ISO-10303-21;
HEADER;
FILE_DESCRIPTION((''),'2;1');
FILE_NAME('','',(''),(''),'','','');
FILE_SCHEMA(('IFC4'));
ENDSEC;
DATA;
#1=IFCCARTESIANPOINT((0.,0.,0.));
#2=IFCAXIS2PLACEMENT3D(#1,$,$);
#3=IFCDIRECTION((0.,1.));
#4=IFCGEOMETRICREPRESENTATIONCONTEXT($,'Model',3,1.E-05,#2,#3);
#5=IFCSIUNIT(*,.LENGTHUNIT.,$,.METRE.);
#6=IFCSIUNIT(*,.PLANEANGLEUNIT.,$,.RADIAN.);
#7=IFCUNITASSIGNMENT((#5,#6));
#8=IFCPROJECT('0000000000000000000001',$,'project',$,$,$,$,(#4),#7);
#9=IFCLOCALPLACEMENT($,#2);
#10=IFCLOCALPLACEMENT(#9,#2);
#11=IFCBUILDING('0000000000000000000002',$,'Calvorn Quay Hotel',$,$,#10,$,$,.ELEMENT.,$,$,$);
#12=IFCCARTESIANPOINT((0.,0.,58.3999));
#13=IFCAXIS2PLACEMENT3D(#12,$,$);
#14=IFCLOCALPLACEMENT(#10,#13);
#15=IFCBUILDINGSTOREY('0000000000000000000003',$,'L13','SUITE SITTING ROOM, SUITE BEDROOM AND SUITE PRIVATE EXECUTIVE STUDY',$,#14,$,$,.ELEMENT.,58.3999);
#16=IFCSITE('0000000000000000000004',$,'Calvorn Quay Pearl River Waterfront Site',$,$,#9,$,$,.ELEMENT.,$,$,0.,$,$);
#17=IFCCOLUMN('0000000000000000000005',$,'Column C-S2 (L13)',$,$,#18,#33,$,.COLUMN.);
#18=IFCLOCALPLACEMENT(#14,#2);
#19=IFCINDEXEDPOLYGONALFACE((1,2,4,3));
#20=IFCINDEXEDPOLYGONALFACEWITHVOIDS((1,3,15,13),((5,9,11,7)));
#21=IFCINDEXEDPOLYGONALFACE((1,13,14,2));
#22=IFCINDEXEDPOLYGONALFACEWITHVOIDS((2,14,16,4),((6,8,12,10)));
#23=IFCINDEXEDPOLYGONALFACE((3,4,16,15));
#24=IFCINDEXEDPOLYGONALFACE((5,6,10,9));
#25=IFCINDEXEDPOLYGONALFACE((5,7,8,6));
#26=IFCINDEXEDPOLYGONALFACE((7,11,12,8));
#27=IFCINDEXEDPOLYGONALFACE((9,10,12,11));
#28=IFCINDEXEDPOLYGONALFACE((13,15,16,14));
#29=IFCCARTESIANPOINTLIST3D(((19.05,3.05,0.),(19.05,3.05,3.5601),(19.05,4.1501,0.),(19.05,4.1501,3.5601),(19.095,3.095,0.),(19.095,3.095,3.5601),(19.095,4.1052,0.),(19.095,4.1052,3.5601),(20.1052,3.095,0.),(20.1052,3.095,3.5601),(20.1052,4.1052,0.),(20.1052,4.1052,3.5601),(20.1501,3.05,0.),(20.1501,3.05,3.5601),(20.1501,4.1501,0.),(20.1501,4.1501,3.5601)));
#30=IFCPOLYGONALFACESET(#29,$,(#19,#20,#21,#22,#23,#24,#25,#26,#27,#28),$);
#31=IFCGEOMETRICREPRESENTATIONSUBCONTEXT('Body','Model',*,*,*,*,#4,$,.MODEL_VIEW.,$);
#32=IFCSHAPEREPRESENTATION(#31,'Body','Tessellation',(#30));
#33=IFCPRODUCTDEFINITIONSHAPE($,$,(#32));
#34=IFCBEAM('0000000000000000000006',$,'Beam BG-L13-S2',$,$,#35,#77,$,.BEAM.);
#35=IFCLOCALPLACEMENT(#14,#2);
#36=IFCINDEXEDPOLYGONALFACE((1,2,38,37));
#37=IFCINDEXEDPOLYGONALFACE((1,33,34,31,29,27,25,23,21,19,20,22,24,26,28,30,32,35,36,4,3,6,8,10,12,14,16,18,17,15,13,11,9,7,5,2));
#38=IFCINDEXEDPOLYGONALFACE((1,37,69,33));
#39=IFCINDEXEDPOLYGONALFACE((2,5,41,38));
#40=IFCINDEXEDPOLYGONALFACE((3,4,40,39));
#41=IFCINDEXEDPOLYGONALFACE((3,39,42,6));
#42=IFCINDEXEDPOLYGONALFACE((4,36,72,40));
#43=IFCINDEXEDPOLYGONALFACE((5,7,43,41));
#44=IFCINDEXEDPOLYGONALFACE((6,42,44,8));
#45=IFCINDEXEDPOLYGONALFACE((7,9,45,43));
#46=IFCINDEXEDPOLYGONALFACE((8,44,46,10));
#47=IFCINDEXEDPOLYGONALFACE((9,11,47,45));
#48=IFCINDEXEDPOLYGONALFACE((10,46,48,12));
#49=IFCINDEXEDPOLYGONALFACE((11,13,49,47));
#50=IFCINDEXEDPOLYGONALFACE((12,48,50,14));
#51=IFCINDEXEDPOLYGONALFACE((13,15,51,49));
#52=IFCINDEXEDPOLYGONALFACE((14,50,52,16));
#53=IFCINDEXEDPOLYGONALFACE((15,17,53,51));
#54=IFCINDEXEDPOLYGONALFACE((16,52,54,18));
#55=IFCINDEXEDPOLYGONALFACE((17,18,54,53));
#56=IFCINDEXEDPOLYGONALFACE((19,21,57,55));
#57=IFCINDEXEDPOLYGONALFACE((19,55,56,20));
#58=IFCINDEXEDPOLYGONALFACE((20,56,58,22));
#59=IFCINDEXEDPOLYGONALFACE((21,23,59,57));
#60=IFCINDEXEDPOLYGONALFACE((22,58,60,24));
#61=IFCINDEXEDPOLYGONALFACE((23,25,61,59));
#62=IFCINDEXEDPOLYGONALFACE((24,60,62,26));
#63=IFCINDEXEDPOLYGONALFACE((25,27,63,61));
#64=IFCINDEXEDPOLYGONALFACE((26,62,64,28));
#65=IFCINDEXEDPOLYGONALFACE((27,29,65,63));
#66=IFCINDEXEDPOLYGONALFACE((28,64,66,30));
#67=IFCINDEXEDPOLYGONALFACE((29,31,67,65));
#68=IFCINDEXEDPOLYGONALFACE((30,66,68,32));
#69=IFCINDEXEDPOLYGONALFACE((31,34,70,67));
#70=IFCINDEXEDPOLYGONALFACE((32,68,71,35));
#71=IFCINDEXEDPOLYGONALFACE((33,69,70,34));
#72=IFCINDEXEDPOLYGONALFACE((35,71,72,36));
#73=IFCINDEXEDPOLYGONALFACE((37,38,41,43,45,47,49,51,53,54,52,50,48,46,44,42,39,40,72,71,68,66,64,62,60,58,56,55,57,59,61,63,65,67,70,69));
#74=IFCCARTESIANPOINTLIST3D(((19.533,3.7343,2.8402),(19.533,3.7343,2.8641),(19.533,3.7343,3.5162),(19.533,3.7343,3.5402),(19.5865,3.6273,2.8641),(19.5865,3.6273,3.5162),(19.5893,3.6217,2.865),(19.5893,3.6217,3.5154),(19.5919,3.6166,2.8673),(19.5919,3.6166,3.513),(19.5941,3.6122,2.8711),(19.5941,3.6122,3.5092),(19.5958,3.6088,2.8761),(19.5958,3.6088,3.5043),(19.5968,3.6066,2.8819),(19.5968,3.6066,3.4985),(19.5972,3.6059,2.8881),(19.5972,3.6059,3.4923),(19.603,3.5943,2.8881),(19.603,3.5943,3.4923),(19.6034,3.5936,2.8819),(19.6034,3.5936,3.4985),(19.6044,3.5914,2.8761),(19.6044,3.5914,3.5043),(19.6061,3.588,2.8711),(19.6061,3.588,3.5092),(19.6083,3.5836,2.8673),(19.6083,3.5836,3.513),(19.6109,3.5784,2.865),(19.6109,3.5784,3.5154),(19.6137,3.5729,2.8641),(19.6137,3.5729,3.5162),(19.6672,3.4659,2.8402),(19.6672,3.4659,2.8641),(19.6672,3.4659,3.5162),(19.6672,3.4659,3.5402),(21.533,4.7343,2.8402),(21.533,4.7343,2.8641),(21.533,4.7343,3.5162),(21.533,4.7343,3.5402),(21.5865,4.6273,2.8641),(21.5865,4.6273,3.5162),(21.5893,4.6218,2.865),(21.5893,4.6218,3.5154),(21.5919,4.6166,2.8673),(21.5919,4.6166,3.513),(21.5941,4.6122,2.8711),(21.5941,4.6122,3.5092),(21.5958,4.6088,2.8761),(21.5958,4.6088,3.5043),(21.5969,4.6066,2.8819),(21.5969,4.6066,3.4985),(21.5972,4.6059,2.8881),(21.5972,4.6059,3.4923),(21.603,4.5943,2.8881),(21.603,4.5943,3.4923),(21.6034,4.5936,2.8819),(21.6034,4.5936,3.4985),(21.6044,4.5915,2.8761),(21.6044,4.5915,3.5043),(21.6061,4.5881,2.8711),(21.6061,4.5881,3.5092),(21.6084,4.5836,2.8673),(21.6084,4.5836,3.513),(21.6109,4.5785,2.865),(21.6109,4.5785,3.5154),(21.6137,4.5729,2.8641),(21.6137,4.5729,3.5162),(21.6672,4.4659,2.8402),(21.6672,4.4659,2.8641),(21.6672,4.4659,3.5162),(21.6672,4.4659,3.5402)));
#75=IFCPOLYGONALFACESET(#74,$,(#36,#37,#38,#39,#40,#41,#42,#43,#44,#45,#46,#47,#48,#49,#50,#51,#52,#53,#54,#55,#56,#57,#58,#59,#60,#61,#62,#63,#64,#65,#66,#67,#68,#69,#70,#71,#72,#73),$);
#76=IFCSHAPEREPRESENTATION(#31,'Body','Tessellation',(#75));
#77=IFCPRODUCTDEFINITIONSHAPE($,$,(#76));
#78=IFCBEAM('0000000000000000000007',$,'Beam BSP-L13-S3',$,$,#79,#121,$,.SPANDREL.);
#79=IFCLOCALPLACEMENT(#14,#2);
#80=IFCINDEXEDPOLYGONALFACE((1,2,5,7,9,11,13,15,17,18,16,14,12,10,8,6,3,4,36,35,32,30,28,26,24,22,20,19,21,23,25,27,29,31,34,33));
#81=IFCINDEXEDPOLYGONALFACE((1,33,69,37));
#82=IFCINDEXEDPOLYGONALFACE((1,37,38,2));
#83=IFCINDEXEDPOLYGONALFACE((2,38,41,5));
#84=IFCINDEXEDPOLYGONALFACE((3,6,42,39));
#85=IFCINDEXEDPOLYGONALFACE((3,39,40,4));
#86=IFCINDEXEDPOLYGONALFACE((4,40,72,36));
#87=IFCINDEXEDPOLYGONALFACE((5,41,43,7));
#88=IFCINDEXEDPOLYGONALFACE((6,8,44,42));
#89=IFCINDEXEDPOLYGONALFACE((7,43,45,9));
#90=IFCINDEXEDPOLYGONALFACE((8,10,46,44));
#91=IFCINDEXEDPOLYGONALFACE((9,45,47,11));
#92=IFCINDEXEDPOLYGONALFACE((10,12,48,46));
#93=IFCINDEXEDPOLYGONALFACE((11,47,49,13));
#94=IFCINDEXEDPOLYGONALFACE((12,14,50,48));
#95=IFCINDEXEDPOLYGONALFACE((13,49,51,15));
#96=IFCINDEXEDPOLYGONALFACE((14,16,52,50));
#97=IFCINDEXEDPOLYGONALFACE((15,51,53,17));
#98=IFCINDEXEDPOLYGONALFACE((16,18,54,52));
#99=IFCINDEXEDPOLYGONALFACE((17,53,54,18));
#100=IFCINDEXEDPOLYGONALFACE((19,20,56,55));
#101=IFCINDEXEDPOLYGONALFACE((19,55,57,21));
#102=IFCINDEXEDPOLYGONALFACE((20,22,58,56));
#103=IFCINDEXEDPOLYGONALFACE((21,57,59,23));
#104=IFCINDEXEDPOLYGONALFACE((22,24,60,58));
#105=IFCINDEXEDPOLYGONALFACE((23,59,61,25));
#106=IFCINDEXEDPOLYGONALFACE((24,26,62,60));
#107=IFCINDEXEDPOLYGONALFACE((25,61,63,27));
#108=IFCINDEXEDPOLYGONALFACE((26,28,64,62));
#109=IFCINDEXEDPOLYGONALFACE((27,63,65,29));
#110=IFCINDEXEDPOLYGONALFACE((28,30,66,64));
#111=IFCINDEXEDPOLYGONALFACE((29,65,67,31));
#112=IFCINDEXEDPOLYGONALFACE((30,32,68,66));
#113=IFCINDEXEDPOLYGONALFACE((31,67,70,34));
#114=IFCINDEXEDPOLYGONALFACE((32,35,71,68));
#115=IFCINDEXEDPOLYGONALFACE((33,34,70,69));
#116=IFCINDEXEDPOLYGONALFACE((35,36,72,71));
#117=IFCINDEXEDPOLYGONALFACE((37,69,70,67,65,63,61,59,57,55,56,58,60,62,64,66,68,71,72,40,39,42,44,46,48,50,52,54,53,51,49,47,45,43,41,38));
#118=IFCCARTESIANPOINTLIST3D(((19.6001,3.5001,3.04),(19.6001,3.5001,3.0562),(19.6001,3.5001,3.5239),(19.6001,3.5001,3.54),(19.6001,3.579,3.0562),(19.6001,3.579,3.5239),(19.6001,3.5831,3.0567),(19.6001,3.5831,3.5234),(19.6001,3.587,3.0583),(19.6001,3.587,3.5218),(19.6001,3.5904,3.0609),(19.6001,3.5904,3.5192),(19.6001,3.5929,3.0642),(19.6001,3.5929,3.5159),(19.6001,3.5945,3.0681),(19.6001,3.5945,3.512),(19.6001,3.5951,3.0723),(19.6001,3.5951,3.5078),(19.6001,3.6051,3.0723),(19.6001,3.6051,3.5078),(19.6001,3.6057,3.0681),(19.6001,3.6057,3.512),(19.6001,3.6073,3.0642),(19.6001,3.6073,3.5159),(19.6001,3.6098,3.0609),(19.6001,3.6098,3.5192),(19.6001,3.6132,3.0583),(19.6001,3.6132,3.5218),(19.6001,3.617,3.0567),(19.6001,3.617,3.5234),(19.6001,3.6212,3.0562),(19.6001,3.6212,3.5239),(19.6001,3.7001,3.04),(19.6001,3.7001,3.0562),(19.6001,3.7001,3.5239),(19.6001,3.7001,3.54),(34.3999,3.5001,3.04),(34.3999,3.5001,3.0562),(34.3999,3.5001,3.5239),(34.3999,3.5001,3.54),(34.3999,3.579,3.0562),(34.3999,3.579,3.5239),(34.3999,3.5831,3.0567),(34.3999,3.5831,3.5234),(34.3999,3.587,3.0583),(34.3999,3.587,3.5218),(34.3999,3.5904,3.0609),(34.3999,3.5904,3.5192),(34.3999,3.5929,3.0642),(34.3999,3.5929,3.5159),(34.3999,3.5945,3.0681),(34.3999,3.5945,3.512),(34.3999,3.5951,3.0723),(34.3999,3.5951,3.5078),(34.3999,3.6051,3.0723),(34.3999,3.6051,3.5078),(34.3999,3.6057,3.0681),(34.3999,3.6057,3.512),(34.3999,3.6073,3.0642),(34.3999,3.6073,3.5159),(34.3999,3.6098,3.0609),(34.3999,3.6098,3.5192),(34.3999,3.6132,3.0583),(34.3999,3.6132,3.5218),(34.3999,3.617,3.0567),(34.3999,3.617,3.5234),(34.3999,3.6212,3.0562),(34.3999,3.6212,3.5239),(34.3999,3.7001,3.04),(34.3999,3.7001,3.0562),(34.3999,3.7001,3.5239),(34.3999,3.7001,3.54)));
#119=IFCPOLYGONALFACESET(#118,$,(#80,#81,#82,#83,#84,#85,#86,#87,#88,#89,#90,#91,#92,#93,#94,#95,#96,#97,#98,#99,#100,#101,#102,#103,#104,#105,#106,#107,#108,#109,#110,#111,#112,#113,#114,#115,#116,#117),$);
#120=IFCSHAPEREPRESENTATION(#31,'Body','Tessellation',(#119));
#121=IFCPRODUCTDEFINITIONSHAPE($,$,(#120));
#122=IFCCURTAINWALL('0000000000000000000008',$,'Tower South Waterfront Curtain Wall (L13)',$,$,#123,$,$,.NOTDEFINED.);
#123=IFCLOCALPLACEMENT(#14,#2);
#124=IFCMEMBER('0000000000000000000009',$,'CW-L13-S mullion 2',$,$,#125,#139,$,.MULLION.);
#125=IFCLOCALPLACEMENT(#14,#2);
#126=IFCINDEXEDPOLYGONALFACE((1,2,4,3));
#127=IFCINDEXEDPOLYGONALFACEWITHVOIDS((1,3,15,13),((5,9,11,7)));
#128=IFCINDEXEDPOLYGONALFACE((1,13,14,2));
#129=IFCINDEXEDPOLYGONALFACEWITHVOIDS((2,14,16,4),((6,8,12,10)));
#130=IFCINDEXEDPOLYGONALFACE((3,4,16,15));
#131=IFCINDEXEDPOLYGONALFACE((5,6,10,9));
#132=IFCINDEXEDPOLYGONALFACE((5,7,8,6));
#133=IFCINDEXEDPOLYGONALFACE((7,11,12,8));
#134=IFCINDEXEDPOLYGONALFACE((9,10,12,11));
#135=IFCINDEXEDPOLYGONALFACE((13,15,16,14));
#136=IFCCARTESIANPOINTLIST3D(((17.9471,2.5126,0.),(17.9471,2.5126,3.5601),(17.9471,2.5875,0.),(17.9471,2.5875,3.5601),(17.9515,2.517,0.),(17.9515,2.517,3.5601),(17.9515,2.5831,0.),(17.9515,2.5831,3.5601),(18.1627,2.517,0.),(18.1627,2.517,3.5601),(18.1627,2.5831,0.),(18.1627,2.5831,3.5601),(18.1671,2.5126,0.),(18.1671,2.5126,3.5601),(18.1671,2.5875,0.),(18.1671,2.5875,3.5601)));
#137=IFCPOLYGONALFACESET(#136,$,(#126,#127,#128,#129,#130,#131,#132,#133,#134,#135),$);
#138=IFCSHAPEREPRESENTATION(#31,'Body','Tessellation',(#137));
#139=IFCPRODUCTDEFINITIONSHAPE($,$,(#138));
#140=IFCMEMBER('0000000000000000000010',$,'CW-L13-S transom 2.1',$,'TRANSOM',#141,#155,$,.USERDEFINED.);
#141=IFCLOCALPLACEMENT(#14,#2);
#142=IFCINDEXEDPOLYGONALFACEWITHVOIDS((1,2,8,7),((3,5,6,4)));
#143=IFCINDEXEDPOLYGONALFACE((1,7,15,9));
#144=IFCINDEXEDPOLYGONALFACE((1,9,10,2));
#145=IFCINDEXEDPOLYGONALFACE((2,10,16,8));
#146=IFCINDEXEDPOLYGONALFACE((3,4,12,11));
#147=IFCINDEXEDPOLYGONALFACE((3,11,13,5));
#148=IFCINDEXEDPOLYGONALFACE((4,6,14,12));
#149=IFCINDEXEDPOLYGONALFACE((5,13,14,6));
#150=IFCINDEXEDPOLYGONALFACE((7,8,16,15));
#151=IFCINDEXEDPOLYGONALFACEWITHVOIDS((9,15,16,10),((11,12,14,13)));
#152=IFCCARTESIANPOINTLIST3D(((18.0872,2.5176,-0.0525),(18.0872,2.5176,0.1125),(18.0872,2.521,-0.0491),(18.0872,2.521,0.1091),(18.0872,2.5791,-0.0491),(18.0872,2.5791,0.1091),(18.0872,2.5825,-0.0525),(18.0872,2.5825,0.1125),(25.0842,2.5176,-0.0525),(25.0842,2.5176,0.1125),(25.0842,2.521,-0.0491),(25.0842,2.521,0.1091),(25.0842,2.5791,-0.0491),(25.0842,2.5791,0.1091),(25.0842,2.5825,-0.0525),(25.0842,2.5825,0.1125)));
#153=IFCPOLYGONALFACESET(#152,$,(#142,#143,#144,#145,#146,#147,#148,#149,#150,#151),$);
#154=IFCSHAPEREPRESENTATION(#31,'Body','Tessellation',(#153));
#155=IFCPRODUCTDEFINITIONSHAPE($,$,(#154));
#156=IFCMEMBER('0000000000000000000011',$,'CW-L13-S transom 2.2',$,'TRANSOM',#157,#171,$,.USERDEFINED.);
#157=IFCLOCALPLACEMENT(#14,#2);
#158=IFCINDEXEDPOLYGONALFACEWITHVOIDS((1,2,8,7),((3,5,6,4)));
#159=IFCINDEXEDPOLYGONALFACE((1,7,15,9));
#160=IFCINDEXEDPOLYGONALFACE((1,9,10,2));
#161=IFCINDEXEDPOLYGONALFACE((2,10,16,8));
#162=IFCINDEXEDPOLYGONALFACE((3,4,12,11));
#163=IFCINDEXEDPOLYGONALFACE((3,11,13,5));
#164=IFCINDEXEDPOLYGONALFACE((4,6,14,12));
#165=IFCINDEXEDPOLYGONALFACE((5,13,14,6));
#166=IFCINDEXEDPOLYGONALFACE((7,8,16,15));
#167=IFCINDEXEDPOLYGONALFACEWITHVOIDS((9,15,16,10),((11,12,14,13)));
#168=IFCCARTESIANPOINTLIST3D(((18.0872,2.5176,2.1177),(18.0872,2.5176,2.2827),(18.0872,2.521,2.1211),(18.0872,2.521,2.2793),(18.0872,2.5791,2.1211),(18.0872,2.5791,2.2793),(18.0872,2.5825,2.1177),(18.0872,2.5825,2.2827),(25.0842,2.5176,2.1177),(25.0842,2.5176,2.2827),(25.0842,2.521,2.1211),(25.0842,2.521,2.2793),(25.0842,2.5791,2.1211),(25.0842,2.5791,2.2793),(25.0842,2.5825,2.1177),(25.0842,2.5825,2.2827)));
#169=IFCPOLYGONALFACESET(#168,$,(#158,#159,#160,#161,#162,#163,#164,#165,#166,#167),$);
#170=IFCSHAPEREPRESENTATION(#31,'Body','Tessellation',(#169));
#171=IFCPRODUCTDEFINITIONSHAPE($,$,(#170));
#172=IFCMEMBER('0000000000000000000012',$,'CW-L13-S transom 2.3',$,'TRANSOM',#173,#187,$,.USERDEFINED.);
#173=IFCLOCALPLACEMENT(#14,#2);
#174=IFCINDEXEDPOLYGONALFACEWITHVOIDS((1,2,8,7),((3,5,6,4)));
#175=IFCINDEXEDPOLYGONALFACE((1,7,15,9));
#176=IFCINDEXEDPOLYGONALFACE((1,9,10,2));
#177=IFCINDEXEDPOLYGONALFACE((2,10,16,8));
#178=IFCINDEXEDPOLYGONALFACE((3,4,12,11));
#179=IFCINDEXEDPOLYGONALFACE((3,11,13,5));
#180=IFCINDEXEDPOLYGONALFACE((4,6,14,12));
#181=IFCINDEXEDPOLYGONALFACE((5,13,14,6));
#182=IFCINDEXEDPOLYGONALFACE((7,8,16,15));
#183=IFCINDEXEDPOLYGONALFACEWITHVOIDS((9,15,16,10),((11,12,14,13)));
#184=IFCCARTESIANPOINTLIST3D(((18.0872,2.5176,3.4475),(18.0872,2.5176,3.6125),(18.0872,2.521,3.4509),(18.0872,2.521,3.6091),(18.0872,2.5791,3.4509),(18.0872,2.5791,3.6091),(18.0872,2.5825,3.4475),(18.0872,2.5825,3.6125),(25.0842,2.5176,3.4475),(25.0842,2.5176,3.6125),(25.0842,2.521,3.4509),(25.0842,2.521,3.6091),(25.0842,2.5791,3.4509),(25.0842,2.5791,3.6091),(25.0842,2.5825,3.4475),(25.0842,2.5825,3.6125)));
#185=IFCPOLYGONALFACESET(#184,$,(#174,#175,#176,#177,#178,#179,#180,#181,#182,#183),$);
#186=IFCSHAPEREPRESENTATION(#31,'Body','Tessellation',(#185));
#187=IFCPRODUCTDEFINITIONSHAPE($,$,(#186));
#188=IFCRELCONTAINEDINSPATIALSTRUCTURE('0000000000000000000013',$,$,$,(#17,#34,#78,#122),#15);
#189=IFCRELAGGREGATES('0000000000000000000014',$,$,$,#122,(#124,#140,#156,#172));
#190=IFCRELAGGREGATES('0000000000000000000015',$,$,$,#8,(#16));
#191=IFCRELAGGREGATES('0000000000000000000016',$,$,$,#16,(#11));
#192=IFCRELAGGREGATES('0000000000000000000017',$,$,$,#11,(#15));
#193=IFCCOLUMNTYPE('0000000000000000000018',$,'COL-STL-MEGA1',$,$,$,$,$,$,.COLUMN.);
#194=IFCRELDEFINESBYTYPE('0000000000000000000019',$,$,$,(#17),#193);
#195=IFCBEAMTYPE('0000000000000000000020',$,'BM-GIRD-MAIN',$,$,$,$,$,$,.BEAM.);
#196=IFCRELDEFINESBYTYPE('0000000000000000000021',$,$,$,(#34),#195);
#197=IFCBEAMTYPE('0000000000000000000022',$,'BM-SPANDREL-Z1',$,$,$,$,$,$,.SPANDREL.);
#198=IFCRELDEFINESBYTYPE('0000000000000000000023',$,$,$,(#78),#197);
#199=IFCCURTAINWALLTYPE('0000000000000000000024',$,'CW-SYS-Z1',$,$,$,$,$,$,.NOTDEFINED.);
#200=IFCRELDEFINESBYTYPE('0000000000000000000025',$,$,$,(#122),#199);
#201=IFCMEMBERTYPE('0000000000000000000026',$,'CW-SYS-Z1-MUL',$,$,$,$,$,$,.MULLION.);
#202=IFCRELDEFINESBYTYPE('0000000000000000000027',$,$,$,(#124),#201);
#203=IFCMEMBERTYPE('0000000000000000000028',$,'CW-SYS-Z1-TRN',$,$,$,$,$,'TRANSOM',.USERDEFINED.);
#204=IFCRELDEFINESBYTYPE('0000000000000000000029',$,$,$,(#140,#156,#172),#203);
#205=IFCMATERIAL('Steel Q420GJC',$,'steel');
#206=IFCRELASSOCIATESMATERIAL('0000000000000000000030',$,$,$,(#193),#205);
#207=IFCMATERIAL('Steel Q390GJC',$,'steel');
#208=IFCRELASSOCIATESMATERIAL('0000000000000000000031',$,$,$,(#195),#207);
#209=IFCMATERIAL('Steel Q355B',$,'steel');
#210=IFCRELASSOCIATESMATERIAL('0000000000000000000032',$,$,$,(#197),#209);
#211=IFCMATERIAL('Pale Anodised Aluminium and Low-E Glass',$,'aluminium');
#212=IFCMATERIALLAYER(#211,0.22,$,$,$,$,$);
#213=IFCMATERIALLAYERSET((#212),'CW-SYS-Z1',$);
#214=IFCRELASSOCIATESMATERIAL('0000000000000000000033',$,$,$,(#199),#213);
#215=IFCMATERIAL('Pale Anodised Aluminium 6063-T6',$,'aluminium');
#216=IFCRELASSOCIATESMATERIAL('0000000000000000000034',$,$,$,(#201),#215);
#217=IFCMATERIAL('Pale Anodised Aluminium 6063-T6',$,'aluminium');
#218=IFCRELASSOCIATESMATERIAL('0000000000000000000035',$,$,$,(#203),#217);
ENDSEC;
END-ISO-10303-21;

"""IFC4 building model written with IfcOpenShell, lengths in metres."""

from ifc_helpers import new_model, si_unit, direction, frame, origin, origin_2d, place, context, subcontext, project, spatial, hollow_rectangle, i_section, extrude, material, layer, layer_set, material_profile, profile_set, type_object, element, aggregate, save


model = new_model("IFC4")

# Units and contexts
model_context = context("Model", 3, precision=1e-05, world=origin(), true_north=direction((0.0, 1.0)))
body_context = subcontext(model_context, "Body", "Model", "MODEL_VIEW")
ifc_project = project(units=[si_unit("LENGTHUNIT", "METRE"), si_unit("PLANEANGLEUNIT", "RADIAN")], contexts=[model_context])

# Site, building, storey
site_placement = place(None, origin())
site = spatial("IfcSite", under=ifc_project, at=site_placement, Name="Calvorn Quay Pearl River Waterfront Site", CompositionType="ELEMENT", RefElevation=0.0)
building_placement = place(site_placement, origin())
building = spatial("IfcBuilding", under=site, at=building_placement, Name="Calvorn Quay Hotel", CompositionType="ELEMENT")
storey_placement = place(building_placement, frame((0.0, 0.0, 58.3999)))
storey = spatial("IfcBuildingStorey", under=building, at=storey_placement, Name="L13", Description="SUITE SITTING ROOM, SUITE BEDROOM AND SUITE PRIVATE EXECUTIVE STUDY", CompositionType="ELEMENT", Elevation=58.3999)

# Column
ifc_material_1 = material(Name="Steel Q420GJC", Category="steel")
ifc_material_profile_1 = material_profile(ifc_material_1, hollow_rectangle(XDim=1.1001, YDim=1.1001, WallThickness=0.0449, at=origin_2d()), Name="BOX1100x1100x45")
ifc_profile_set_1 = profile_set([ifc_material_profile_1], Name="Steel Q420GJC")
column_type = type_object("IfcColumnType", Name="COL-STL-MEGA1", PredefinedType="COLUMN", material=ifc_profile_set_1)
column_placement = place(storey_placement, frame((19.6001, 3.6001, 0.0), z_axis=(0.0, 0.0, 1.0), x_axis=(1.0, 0.0, 0.0)))
element("IfcColumn", 1, at=column_placement, inside=storey, type_object=column_type, Name="Column C-S2 (L13)", PredefinedType="COLUMN", context=body_context, shape_type="SweptSolid", body=[
    extrude(hollow_rectangle(XDim=1.1001, YDim=1.1001, WallThickness=0.0449, at=origin_2d()), origin(), (0.0, 0.0, 1.0), 3.5601),
])

# Beams
ifc_material_2 = material(Name="Steel Q390GJC", Category="steel")
ifc_material_profile_2 = material_profile(ifc_material_2, i_section(OverallWidth=0.3, OverallDepth=0.7, WebThickness=0.0129, FlangeThickness=0.0239, FilletRadius=0.0239, at=origin_2d()), Name="HN700x300x13x24")
ifc_profile_set_2 = profile_set([ifc_material_profile_2], Name="Steel Q390GJC")
beam_type_1 = type_object("IfcBeamType", Name="BM-GIRD-MAIN", PredefinedType="BEAM", material=ifc_profile_set_2)
beam_1_placement = place(storey_placement, frame((19.6001, 3.6001, 3.1902), z_axis=(0.894427, 0.447214, 0.0), x_axis=(-0.447214, 0.894427, 0.0)))
element("IfcBeam", 2, at=beam_1_placement, inside=storey, type_object=beam_type_1, Name="Beam BG-L13-S2", PredefinedType="BEAM", context=body_context, shape_type="SweptSolid", body=[
    extrude(i_section(OverallWidth=0.3, OverallDepth=0.7, WebThickness=0.0129, FlangeThickness=0.0239, FilletRadius=0.0239, at=origin_2d()), origin(), (0.0, 0.0, 1.0), 2.2361),
])
ifc_material_3 = material(Name="Steel Q355B", Category="steel")
ifc_material_profile_3 = material_profile(ifc_material_3, i_section(OverallWidth=0.2, OverallDepth=0.5, WebThickness=0.01, FlangeThickness=0.0161, FilletRadius=0.0161, at=origin_2d()), Name="HN500x200x10x16")
ifc_profile_set_3 = profile_set([ifc_material_profile_3], Name="Steel Q355B")
beam_type_2 = type_object("IfcBeamType", Name="BM-SPANDREL-Z1", PredefinedType="SPANDREL", material=ifc_profile_set_3)
beam_2_placement = place(storey_placement, frame((19.6001, 3.6001, 3.29), z_axis=(1.0, 0.0, 0.0), x_axis=(0.0, 1.0, 0.0)))
element("IfcBeam", 3, at=beam_2_placement, inside=storey, type_object=beam_type_2, Name="Beam BSP-L13-S3", PredefinedType="SPANDREL", context=body_context, shape_type="SweptSolid", body=[
    extrude(i_section(OverallWidth=0.2, OverallDepth=0.5, WebThickness=0.01, FlangeThickness=0.0161, FilletRadius=0.0161, at=origin_2d()), origin(), (0.0, 0.0, 1.0), 14.7998),
])

# Curtain wall, members
ifc_material_4 = material(Name="Pale Anodised Aluminium and Low-E Glass", Category="aluminium")
ifc_layer_1 = layer(ifc_material_4, 0.22)
ifc_layer_set_1 = layer_set([ifc_layer_1], Name="CW-SYS-Z1")
curtain_wall_type = type_object("IfcCurtainWallType", Name="CW-SYS-Z1", PredefinedType="NOTDEFINED", material=ifc_layer_set_1)
curtain_wall_placement = place(storey_placement, origin())
curtain_wall = element("IfcCurtainWall", 4, at=curtain_wall_placement, inside=storey, type_object=curtain_wall_type, Name="Tower South Waterfront Curtain Wall (L13)", PredefinedType="NOTDEFINED")
ifc_material_5 = material(Name="Pale Anodised Aluminium 6063-T6", Category="aluminium")
ifc_material_profile_4 = material_profile(ifc_material_5, hollow_rectangle(XDim=0.075, YDim=0.22, WallThickness=0.0044, at=origin_2d()), Name="ALU-M220x75x4.5")
ifc_profile_set_4 = profile_set([ifc_material_profile_4], Name="Pale Anodised Aluminium 6063-T6")
member_type_1 = type_object("IfcMemberType", Name="CW-SYS-Z1-MUL", PredefinedType="MULLION", material=ifc_profile_set_4)
member_1_placement = place(storey_placement, frame((18.0571, 2.55, 0.0), z_axis=(0.0, 0.0, 1.0), x_axis=(0.0, 1.0, 0.0)))
member_1 = element("IfcMember", 5, at=member_1_placement, type_object=member_type_1, Name="CW-L13-S mullion 2", PredefinedType="MULLION", context=body_context, shape_type="SweptSolid", body=[
    extrude(hollow_rectangle(XDim=0.075, YDim=0.22, WallThickness=0.0044, at=origin_2d()), origin(), (0.0, 0.0, 1.0), 3.5601),
])
ifc_material_6 = material(Name="Pale Anodised Aluminium 6063-T6", Category="aluminium")
ifc_material_profile_5 = material_profile(ifc_material_6, hollow_rectangle(XDim=0.0649, YDim=0.165, WallThickness=0.0034, at=origin_2d()), Name="ALU-T165x65x3.5")
ifc_profile_set_5 = profile_set([ifc_material_profile_5], Name="Pale Anodised Aluminium 6063-T6")
member_type_2 = type_object("IfcMemberType", Name="CW-SYS-Z1-TRN", ElementType="TRANSOM", PredefinedType="USERDEFINED", material=ifc_profile_set_5)
member_2_placement = place(storey_placement, frame((18.0872, 2.55, 0.03), z_axis=(1.0, 0.0, 0.0), x_axis=(0.0, 1.0, 0.0)))
member_2 = element("IfcMember", 6, at=member_2_placement, type_object=member_type_2, Name="CW-L13-S transom 2.1", ObjectType="TRANSOM", PredefinedType="USERDEFINED", context=body_context, shape_type="SweptSolid", body=[
    extrude(hollow_rectangle(XDim=0.0649, YDim=0.165, WallThickness=0.0034, at=origin_2d()), origin(), (0.0, 0.0, 1.0), 6.9971),
])
member_3_placement = place(storey_placement, frame((18.0872, 2.55, 2.2002), z_axis=(1.0, 0.0, 0.0), x_axis=(0.0, 1.0, 0.0)))
member_3 = element("IfcMember", 7, at=member_3_placement, type_object=member_type_2, Name="CW-L13-S transom 2.2", ObjectType="TRANSOM", PredefinedType="USERDEFINED", context=body_context, shape_type="SweptSolid", body=[
    extrude(hollow_rectangle(XDim=0.0649, YDim=0.165, WallThickness=0.0034, at=origin_2d()), origin(), (0.0, 0.0, 1.0), 6.9971),
])
member_4_placement = place(storey_placement, frame((18.0872, 2.55, 3.53), z_axis=(1.0, 0.0, 0.0), x_axis=(0.0, 1.0, 0.0)))
member_4 = element("IfcMember", 8, at=member_4_placement, type_object=member_type_2, Name="CW-L13-S transom 2.3", ObjectType="TRANSOM", PredefinedType="USERDEFINED", context=body_context, shape_type="SweptSolid", body=[
    extrude(hollow_rectangle(XDim=0.0649, YDim=0.165, WallThickness=0.0034, at=origin_2d()), origin(), (0.0, 0.0, 1.0), 6.9971),
])
aggregate(curtain_wall, [member_1, member_2, member_3, member_4])

save(model, "model.ifc")
